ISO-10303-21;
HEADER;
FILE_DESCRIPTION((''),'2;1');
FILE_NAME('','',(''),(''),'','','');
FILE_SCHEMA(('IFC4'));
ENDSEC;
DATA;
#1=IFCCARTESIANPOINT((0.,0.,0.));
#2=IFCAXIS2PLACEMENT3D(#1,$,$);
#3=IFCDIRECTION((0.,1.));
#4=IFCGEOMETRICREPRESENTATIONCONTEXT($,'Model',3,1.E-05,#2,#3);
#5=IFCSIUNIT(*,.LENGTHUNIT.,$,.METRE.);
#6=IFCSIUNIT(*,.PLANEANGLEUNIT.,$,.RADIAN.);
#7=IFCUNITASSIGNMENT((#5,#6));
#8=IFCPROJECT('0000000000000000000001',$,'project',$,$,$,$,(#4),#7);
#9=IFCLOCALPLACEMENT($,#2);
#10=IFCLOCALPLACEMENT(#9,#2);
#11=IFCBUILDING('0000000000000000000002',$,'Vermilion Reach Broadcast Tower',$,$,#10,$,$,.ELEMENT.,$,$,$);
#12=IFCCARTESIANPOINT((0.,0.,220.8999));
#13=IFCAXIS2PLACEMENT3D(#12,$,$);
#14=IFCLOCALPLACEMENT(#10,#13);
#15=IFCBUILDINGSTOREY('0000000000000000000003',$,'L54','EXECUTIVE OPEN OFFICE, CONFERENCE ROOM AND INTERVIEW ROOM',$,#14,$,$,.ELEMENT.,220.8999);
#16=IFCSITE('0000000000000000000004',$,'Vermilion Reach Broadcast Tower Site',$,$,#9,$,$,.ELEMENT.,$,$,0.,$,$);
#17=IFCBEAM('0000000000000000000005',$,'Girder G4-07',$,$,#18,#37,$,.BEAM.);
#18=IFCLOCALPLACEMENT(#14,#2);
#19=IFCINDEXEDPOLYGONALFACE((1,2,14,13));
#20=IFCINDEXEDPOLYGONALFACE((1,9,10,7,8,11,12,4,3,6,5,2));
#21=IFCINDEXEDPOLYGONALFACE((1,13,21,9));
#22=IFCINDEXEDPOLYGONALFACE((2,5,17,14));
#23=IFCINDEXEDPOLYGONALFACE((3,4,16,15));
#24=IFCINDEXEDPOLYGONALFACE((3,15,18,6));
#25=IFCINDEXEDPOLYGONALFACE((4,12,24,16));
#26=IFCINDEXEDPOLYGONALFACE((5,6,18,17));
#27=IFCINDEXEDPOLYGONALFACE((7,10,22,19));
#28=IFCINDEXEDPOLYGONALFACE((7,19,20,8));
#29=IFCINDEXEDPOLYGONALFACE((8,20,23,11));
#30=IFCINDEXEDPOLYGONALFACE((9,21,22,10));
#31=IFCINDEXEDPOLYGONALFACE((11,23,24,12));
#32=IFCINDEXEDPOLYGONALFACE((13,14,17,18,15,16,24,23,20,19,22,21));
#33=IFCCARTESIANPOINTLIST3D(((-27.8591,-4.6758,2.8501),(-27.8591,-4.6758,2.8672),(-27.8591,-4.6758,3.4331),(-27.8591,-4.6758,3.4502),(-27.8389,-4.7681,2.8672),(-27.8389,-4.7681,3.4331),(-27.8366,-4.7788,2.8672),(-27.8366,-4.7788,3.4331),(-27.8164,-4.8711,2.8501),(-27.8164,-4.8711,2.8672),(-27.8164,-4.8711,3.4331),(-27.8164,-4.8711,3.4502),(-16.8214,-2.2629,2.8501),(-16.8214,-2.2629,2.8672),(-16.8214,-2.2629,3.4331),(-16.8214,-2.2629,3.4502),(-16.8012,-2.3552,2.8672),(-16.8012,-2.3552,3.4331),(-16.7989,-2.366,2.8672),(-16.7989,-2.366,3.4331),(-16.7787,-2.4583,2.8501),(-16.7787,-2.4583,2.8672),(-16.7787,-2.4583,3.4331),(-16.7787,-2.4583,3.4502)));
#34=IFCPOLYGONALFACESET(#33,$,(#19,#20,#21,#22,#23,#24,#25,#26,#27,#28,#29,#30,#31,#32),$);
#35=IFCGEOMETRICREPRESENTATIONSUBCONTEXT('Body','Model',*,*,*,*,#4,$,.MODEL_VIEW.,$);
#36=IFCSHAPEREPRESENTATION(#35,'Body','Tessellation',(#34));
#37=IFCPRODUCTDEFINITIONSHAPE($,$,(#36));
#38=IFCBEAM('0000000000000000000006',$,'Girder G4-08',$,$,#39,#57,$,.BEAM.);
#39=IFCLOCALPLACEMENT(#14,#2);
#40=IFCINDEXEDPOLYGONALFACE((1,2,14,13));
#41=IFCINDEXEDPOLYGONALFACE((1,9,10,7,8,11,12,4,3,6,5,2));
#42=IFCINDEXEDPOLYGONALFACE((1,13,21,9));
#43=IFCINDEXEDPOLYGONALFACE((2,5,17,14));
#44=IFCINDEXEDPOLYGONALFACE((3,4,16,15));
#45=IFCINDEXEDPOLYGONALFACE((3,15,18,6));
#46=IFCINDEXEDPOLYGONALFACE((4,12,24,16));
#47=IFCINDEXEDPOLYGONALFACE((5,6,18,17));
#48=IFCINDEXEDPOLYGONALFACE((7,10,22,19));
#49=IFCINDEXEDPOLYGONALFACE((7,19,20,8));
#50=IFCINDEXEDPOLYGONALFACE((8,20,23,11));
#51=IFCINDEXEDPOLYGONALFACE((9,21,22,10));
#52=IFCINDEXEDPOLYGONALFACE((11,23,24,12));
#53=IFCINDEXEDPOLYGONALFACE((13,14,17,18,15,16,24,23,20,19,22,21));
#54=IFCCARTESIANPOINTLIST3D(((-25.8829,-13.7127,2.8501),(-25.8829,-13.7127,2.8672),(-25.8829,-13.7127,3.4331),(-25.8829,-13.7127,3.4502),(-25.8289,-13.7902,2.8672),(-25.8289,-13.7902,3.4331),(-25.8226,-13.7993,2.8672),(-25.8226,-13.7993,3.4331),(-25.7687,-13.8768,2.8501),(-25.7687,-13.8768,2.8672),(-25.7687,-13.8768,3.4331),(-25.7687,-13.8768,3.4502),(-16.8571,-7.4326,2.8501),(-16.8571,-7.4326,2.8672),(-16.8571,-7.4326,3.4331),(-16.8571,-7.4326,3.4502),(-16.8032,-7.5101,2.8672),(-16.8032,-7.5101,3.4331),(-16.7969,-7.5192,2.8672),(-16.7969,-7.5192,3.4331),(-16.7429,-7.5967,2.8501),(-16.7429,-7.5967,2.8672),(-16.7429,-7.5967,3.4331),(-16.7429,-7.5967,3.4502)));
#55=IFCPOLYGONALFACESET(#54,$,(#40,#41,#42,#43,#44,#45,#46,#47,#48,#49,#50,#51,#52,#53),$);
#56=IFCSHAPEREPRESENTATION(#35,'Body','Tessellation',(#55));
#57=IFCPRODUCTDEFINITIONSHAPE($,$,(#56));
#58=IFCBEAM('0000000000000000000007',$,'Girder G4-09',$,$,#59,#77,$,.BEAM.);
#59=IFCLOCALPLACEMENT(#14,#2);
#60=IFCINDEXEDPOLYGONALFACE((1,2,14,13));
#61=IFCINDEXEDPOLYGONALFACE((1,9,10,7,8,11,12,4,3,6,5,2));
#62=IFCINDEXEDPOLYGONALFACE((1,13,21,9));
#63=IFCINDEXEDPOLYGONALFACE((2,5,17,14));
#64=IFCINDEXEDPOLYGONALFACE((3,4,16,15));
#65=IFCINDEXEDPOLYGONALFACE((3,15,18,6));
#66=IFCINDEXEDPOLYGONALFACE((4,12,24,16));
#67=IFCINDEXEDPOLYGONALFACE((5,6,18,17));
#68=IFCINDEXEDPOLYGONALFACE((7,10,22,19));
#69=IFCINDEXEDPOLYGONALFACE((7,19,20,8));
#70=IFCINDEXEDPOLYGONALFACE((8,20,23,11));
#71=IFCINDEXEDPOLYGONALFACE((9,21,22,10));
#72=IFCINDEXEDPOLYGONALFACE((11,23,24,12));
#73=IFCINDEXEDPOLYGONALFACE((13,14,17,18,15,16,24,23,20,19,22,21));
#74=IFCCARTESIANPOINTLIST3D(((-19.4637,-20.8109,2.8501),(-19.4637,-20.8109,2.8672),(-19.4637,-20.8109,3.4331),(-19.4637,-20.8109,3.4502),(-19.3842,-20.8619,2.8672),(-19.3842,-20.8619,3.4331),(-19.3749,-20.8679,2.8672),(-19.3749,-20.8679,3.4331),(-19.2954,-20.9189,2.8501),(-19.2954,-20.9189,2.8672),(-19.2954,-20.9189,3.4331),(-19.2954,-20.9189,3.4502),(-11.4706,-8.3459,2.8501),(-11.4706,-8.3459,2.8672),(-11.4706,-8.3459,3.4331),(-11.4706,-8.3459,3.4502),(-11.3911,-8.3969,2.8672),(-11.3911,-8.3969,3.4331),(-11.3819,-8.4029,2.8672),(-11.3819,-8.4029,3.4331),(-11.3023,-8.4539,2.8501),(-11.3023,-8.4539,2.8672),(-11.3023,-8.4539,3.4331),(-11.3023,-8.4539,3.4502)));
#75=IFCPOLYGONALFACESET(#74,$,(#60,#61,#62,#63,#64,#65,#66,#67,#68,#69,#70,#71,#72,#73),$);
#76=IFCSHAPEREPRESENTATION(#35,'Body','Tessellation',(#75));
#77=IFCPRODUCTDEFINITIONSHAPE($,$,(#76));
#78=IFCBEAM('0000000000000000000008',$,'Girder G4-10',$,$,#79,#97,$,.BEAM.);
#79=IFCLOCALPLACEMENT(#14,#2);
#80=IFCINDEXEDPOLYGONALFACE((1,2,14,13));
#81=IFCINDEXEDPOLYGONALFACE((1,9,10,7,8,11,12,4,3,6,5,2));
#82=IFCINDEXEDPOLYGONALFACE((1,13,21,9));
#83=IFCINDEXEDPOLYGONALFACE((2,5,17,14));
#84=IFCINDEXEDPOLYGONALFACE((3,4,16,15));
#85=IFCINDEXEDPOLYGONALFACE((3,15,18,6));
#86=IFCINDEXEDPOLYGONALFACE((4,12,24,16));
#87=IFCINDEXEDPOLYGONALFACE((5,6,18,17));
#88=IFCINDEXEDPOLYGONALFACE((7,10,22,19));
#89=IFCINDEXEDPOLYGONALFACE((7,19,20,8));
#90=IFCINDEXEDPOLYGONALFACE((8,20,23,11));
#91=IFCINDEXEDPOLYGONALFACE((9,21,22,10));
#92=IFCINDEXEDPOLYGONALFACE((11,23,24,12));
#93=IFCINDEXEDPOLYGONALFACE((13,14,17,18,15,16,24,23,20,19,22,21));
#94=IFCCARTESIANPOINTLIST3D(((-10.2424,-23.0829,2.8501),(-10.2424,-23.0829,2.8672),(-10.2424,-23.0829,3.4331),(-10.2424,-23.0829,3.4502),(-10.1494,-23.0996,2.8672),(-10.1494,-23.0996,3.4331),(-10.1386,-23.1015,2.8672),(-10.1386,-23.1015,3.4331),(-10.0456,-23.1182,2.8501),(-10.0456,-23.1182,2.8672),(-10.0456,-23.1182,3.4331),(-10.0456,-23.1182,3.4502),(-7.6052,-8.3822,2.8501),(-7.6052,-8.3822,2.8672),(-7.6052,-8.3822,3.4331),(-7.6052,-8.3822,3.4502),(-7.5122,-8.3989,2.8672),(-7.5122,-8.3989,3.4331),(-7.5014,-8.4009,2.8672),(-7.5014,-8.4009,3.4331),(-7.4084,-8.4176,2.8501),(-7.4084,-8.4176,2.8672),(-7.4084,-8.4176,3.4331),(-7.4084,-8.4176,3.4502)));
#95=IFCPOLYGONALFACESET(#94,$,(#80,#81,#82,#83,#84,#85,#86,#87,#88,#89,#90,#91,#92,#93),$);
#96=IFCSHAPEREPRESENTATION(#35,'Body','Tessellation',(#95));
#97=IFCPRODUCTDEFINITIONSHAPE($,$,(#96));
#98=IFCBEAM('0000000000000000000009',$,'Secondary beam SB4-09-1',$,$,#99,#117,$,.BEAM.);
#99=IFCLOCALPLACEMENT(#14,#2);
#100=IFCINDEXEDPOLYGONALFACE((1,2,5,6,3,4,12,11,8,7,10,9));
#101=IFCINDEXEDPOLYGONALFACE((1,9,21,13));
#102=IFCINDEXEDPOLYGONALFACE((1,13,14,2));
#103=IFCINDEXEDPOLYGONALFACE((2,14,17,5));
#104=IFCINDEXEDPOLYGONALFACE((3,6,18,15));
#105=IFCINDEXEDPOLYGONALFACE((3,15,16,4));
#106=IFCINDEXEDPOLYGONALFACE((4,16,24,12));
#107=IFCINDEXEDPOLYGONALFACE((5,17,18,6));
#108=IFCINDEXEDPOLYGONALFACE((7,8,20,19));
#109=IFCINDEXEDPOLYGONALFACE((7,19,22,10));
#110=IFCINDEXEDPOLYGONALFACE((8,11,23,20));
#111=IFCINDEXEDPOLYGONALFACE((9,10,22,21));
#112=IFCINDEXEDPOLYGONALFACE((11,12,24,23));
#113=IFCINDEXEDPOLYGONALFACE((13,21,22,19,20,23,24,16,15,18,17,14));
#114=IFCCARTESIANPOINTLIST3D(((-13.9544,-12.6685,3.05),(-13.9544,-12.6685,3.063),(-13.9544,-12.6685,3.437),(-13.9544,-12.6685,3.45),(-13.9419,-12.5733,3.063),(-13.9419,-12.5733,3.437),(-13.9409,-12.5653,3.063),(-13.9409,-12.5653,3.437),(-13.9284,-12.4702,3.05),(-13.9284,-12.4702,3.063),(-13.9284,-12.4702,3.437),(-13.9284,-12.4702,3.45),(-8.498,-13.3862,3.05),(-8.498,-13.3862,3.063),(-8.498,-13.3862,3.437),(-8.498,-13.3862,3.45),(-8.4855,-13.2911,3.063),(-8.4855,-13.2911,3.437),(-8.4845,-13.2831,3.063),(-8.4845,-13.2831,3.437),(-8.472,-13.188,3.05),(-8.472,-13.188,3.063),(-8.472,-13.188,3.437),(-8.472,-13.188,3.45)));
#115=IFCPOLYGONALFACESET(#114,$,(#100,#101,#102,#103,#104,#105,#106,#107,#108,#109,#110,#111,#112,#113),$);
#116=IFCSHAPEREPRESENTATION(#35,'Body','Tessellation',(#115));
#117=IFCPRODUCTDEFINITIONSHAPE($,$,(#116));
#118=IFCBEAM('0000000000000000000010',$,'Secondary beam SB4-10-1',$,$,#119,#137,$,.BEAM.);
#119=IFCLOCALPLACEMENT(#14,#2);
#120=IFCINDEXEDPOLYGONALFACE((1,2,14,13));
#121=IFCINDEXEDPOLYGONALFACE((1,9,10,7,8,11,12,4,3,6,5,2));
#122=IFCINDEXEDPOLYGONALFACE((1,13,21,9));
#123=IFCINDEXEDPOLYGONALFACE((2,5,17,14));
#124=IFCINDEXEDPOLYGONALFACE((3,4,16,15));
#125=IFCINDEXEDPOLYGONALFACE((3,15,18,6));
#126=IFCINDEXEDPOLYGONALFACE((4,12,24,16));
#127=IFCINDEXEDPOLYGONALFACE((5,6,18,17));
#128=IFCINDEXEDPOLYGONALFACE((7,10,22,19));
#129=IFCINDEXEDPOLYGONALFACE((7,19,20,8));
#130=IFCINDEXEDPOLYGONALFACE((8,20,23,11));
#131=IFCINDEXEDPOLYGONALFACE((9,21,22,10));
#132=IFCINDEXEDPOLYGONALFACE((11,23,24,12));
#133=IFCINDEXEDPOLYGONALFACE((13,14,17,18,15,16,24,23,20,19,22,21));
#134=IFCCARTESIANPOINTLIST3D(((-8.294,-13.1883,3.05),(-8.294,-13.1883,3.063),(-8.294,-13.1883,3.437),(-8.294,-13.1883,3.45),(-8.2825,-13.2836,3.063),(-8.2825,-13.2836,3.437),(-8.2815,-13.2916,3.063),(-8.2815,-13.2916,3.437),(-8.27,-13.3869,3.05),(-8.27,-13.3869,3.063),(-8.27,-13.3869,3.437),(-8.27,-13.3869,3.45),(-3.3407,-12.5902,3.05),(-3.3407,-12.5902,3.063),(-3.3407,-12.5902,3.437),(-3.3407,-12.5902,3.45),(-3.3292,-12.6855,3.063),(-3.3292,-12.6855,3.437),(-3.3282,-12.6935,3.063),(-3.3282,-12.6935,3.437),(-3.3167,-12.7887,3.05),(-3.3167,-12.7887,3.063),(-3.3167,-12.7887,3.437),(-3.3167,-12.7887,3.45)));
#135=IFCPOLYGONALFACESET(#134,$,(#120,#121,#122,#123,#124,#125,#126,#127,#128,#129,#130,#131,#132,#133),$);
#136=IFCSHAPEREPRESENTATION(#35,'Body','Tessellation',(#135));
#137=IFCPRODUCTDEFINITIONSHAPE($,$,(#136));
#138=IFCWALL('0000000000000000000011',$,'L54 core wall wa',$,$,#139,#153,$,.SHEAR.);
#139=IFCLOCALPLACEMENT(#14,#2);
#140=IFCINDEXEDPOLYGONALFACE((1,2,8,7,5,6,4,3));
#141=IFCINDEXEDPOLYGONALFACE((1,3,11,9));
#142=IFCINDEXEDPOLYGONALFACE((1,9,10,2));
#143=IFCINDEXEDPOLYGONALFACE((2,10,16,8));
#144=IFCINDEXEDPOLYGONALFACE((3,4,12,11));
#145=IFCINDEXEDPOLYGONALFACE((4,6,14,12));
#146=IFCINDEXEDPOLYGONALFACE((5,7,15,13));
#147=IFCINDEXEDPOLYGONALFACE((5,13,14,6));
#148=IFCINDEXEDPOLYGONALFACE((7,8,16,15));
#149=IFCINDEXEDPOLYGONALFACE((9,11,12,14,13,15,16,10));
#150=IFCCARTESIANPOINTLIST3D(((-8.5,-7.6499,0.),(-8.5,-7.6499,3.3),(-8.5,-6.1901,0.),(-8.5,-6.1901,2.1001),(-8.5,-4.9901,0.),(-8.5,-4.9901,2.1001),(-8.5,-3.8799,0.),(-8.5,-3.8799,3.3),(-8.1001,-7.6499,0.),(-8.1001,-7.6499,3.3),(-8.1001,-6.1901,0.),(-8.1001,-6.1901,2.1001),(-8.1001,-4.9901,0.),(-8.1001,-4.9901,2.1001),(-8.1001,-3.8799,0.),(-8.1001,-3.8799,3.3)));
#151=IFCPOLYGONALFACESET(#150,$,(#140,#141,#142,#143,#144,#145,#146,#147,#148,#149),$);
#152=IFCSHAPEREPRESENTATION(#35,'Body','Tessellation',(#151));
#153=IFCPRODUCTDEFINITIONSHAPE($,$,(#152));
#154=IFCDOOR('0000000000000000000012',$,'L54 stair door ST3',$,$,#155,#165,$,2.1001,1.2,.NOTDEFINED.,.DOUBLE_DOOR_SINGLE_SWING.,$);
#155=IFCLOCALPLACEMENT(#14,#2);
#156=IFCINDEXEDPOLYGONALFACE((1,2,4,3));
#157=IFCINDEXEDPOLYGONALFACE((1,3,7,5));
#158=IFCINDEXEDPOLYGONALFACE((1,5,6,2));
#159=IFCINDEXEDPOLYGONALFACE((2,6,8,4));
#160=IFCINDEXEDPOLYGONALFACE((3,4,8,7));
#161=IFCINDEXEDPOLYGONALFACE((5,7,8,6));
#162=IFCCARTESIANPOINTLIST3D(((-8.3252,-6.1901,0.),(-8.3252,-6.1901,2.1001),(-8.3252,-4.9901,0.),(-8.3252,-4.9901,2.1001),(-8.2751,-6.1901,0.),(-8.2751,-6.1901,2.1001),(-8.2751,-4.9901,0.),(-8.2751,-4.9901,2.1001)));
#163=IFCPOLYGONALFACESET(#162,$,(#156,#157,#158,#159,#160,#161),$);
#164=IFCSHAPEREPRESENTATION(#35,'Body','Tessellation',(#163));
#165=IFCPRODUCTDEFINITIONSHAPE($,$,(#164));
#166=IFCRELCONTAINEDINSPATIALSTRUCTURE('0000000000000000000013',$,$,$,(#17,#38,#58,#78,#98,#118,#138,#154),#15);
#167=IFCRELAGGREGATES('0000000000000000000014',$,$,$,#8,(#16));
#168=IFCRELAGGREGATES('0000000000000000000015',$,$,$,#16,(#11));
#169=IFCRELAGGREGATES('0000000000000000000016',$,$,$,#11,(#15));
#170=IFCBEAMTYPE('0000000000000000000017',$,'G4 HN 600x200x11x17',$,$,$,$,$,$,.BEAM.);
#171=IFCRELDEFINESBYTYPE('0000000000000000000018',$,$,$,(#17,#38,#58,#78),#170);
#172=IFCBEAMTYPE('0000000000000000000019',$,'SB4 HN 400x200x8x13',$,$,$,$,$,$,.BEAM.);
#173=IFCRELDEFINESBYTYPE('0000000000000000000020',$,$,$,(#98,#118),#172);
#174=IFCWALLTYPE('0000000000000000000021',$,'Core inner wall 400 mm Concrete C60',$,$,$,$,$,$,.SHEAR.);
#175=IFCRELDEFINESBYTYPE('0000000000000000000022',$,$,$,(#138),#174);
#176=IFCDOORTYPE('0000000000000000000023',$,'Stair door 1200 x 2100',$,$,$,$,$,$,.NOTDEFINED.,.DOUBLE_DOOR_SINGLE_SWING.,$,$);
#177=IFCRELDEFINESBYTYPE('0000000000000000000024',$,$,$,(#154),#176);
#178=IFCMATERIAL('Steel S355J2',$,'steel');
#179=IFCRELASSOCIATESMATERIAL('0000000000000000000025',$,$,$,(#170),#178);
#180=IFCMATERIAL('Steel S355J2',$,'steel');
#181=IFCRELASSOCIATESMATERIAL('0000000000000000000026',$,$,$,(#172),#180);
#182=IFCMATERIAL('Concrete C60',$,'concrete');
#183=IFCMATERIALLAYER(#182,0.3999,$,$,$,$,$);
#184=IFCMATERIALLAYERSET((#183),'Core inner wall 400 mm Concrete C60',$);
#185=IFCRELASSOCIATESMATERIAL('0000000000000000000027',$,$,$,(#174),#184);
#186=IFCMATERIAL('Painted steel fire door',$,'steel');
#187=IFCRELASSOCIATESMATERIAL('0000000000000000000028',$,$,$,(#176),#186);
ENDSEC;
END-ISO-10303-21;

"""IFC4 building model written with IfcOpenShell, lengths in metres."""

from ifc_helpers import new_model, si_unit, direction, frame, frame_2d, origin, origin_2d, place, context, subcontext, project, spatial, rectangle, i_section, extrude, material, layer, layer_set, material_profile, profile_set, type_object, element, fill, save


model = new_model("IFC4")

# Units and contexts
model_context = context("Model", 3, precision=1e-05, world=origin(), true_north=direction((0.0, 1.0)))
body_context = subcontext(model_context, "Body", "Model", "MODEL_VIEW")
ifc_project = project(units=[si_unit("LENGTHUNIT", "METRE"), si_unit("PLANEANGLEUNIT", "RADIAN")], contexts=[model_context])

# Site, building, storey
site_placement = place(None, origin())
site = spatial("IfcSite", under=ifc_project, at=site_placement, Name="Vermilion Reach Broadcast Tower Site", CompositionType="ELEMENT", RefElevation=0.0)
building_placement = place(site_placement, origin())
building = spatial("IfcBuilding", under=site, at=building_placement, Name="Vermilion Reach Broadcast Tower", CompositionType="ELEMENT")
storey_placement = place(building_placement, frame((0.0, 0.0, 220.8999)))
storey = spatial("IfcBuildingStorey", under=building, at=storey_placement, Name="L54", Description="EXECUTIVE OPEN OFFICE, CONFERENCE ROOM AND INTERVIEW ROOM", CompositionType="ELEMENT", Elevation=220.8999)

# Beams
ifc_material_1 = material(Name="Steel S355J2", Category="steel")
ifc_material_profile_1 = material_profile(ifc_material_1, i_section(OverallWidth=0.2, OverallDepth=0.6001, WebThickness=0.011, FlangeThickness=0.0171, at=origin_2d()), Name="S355J2 HN 600x200x11x17")
ifc_profile_set_1 = profile_set([ifc_material_profile_1], Name="Steel S355J2")
beam_type_1 = type_object("IfcBeamType", Name="G4 HN 600x200x11x17", PredefinedType="BEAM", material=ifc_profile_set_1)
beam_1_placement = place(storey_placement, frame((-16.8, -2.3606, 3.1501), z_axis=(-0.97693, -0.213559, 0.0), x_axis=(0.213559, -0.97693, 0.0)))
element("IfcBeam", 1, at=beam_1_placement, inside=storey, type_object=beam_type_1, Name="Girder G4-07", PredefinedType="BEAM", context=body_context, shape_type="SweptSolid", body=[
    extrude(i_section(OverallWidth=0.2, OverallDepth=0.6001, WebThickness=0.011, FlangeThickness=0.0171, at=origin_2d()), origin(), (0.0, 0.0, 1.0), 11.2983),
])
beam_2_placement = place(storey_placement, frame((-16.8, -7.5146, 3.1501), z_axis=(-0.820849, -0.571146, 0.0), x_axis=(0.571146, -0.820849, 0.0)))
element("IfcBeam", 2, at=beam_2_placement, inside=storey, type_object=beam_type_1, Name="Girder G4-08", PredefinedType="BEAM", context=body_context, shape_type="SweptSolid", body=[
    extrude(i_section(OverallWidth=0.2, OverallDepth=0.6001, WebThickness=0.011, FlangeThickness=0.0171, at=origin_2d()), origin(), (0.0, 0.0, 1.0), 10.9956),
])
beam_3_placement = place(storey_placement, frame((-11.3865, -8.3999, 3.1501), z_axis=(-0.539796, -0.841796, 0.0), x_axis=(0.841796, -0.539796, 0.0)))
element("IfcBeam", 3, at=beam_3_placement, inside=storey, type_object=beam_type_1, Name="Girder G4-09", PredefinedType="BEAM", context=body_context, shape_type="SweptSolid", body=[
    extrude(i_section(OverallWidth=0.2, OverallDepth=0.6001, WebThickness=0.011, FlangeThickness=0.0171, at=origin_2d()), origin(), (0.0, 0.0, 1.0), 14.8076),
])
beam_4_placement = place(storey_placement, frame((-7.5068, -8.3999, 3.1501), z_axis=(-0.176575, -0.984287, 0.0), x_axis=(0.984287, -0.176575, 0.0)))
element("IfcBeam", 4, at=beam_4_placement, inside=storey, type_object=beam_type_1, Name="Girder G4-10", PredefinedType="BEAM", context=body_context, shape_type="SweptSolid", body=[
    extrude(i_section(OverallWidth=0.2, OverallDepth=0.6001, WebThickness=0.011, FlangeThickness=0.0171, at=origin_2d()), origin(), (0.0, 0.0, 1.0), 14.9353),
])
ifc_material_2 = material(Name="Steel S355J2", Category="steel")
ifc_material_profile_2 = material_profile(ifc_material_2, i_section(OverallWidth=0.2, OverallDepth=0.3999, WebThickness=0.0081, FlangeThickness=0.0129, at=origin_2d()), Name="S355J2 HN 400x200x8x13")
ifc_profile_set_2 = profile_set([ifc_material_profile_2], Name="Steel S355J2")
beam_type_2 = type_object("IfcBeamType", Name="SB4 HN 400x200x8x13", PredefinedType="BEAM", material=ifc_profile_set_2)
beam_5_placement = place(storey_placement, frame((-13.9414, -12.5693, 3.25), z_axis=(0.991458, -0.130426, 0.0), x_axis=(0.130426, 0.991458, 0.0)))
element("IfcBeam", 5, at=beam_5_placement, inside=storey, type_object=beam_type_2, Name="Secondary beam SB4-09-1", PredefinedType="BEAM", context=body_context, shape_type="SweptSolid", body=[
    extrude(i_section(OverallWidth=0.2, OverallDepth=0.3999, WebThickness=0.0081, FlangeThickness=0.0129, at=origin_2d()), origin(), (0.0, 0.0, 1.0), 5.5034),
])
beam_6_placement = place(storey_placement, frame((-8.282, -13.2876, 3.25), z_axis=(0.992788, 0.119884, 0.0), x_axis=(-0.119884, 0.992788, 0.0)))
element("IfcBeam", 6, at=beam_6_placement, inside=storey, type_object=beam_type_2, Name="Secondary beam SB4-10-1", PredefinedType="BEAM", context=body_context, shape_type="SweptSolid", body=[
    extrude(i_section(OverallWidth=0.2, OverallDepth=0.3999, WebThickness=0.0081, FlangeThickness=0.0129, at=origin_2d()), origin(), (0.0, 0.0, 1.0), 4.9893),
])

# Wall, opening, door
ifc_material_3 = material(Name="Concrete C60", Category="concrete")
ifc_layer_1 = layer(ifc_material_3, 0.3999)
ifc_layer_set_1 = layer_set([ifc_layer_1], Name="Core inner wall 400 mm Concrete C60")
wall_type_1 = type_object("IfcWallType", Name="Core inner wall 400 mm Concrete C60", PredefinedType="SHEAR", material=ifc_layer_set_1)
wall_1_placement = place(storey_placement, frame((-8.3, -3.8799, 0.0), z_axis=(0.0, 0.0, 1.0), x_axis=(0.0, -1.0, 0.0)))
wall_1 = element("IfcWall", 7, at=wall_1_placement, inside=storey, type_object=wall_type_1, Name="L54 core wall wa", PredefinedType="SHEAR", context=body_context, shape_type="SweptSolid", body=[
    extrude(rectangle(XDim=3.77, YDim=0.3999, at=frame_2d((1.885, 0.0))), origin(), (0.0, 0.0, 1.0), 3.3),
])
opening_1_placement = place(wall_1_placement, frame((1.1101, 0.0, 0.0)))
opening_1 = element("IfcOpeningElement", 8, at=opening_1_placement, cuts=wall_1, PredefinedType="OPENING", context=body_context, shape_type="SweptSolid", body=[
    extrude(rectangle(XDim=1.2, YDim=2.1001, at=frame_2d((0.6001, 1.05))), frame((0.0, 0.21, 0.0), z_axis=(0.0, -1.0, 0.0), x_axis=(1.0, 0.0, 0.0)), (0.0, 0.0, 1.0), 0.4199),
])
ifc_material_4 = material(Name="Painted steel fire door", Category="steel")
door_type_1 = type_object("IfcDoorType", Name="Stair door 1200 x 2100", OperationType="DOUBLE_DOOR_SINGLE_SWING", PredefinedType="NOTDEFINED", material=ifc_material_4)
door_1_placement = place(opening_1_placement, origin())
door_1 = element("IfcDoor", 9, at=door_1_placement, inside=storey, type_object=door_type_1, Name="L54 stair door ST3", OperationType="DOUBLE_DOOR_SINGLE_SWING", OverallHeight=2.1001, OverallWidth=1.2, PredefinedType="NOTDEFINED", context=body_context, shape_type="SweptSolid", body=[
    extrude(rectangle(XDim=1.2, YDim=2.1001, at=frame_2d((0.6001, 1.05))), frame((0.0, 0.0249, 0.0), z_axis=(0.0, -1.0, 0.0), x_axis=(1.0, 0.0, 0.0)), (0.0, 0.0, 1.0), 0.05),
])
fill(opening_1, door_1)

save(model, "model.ifc")
